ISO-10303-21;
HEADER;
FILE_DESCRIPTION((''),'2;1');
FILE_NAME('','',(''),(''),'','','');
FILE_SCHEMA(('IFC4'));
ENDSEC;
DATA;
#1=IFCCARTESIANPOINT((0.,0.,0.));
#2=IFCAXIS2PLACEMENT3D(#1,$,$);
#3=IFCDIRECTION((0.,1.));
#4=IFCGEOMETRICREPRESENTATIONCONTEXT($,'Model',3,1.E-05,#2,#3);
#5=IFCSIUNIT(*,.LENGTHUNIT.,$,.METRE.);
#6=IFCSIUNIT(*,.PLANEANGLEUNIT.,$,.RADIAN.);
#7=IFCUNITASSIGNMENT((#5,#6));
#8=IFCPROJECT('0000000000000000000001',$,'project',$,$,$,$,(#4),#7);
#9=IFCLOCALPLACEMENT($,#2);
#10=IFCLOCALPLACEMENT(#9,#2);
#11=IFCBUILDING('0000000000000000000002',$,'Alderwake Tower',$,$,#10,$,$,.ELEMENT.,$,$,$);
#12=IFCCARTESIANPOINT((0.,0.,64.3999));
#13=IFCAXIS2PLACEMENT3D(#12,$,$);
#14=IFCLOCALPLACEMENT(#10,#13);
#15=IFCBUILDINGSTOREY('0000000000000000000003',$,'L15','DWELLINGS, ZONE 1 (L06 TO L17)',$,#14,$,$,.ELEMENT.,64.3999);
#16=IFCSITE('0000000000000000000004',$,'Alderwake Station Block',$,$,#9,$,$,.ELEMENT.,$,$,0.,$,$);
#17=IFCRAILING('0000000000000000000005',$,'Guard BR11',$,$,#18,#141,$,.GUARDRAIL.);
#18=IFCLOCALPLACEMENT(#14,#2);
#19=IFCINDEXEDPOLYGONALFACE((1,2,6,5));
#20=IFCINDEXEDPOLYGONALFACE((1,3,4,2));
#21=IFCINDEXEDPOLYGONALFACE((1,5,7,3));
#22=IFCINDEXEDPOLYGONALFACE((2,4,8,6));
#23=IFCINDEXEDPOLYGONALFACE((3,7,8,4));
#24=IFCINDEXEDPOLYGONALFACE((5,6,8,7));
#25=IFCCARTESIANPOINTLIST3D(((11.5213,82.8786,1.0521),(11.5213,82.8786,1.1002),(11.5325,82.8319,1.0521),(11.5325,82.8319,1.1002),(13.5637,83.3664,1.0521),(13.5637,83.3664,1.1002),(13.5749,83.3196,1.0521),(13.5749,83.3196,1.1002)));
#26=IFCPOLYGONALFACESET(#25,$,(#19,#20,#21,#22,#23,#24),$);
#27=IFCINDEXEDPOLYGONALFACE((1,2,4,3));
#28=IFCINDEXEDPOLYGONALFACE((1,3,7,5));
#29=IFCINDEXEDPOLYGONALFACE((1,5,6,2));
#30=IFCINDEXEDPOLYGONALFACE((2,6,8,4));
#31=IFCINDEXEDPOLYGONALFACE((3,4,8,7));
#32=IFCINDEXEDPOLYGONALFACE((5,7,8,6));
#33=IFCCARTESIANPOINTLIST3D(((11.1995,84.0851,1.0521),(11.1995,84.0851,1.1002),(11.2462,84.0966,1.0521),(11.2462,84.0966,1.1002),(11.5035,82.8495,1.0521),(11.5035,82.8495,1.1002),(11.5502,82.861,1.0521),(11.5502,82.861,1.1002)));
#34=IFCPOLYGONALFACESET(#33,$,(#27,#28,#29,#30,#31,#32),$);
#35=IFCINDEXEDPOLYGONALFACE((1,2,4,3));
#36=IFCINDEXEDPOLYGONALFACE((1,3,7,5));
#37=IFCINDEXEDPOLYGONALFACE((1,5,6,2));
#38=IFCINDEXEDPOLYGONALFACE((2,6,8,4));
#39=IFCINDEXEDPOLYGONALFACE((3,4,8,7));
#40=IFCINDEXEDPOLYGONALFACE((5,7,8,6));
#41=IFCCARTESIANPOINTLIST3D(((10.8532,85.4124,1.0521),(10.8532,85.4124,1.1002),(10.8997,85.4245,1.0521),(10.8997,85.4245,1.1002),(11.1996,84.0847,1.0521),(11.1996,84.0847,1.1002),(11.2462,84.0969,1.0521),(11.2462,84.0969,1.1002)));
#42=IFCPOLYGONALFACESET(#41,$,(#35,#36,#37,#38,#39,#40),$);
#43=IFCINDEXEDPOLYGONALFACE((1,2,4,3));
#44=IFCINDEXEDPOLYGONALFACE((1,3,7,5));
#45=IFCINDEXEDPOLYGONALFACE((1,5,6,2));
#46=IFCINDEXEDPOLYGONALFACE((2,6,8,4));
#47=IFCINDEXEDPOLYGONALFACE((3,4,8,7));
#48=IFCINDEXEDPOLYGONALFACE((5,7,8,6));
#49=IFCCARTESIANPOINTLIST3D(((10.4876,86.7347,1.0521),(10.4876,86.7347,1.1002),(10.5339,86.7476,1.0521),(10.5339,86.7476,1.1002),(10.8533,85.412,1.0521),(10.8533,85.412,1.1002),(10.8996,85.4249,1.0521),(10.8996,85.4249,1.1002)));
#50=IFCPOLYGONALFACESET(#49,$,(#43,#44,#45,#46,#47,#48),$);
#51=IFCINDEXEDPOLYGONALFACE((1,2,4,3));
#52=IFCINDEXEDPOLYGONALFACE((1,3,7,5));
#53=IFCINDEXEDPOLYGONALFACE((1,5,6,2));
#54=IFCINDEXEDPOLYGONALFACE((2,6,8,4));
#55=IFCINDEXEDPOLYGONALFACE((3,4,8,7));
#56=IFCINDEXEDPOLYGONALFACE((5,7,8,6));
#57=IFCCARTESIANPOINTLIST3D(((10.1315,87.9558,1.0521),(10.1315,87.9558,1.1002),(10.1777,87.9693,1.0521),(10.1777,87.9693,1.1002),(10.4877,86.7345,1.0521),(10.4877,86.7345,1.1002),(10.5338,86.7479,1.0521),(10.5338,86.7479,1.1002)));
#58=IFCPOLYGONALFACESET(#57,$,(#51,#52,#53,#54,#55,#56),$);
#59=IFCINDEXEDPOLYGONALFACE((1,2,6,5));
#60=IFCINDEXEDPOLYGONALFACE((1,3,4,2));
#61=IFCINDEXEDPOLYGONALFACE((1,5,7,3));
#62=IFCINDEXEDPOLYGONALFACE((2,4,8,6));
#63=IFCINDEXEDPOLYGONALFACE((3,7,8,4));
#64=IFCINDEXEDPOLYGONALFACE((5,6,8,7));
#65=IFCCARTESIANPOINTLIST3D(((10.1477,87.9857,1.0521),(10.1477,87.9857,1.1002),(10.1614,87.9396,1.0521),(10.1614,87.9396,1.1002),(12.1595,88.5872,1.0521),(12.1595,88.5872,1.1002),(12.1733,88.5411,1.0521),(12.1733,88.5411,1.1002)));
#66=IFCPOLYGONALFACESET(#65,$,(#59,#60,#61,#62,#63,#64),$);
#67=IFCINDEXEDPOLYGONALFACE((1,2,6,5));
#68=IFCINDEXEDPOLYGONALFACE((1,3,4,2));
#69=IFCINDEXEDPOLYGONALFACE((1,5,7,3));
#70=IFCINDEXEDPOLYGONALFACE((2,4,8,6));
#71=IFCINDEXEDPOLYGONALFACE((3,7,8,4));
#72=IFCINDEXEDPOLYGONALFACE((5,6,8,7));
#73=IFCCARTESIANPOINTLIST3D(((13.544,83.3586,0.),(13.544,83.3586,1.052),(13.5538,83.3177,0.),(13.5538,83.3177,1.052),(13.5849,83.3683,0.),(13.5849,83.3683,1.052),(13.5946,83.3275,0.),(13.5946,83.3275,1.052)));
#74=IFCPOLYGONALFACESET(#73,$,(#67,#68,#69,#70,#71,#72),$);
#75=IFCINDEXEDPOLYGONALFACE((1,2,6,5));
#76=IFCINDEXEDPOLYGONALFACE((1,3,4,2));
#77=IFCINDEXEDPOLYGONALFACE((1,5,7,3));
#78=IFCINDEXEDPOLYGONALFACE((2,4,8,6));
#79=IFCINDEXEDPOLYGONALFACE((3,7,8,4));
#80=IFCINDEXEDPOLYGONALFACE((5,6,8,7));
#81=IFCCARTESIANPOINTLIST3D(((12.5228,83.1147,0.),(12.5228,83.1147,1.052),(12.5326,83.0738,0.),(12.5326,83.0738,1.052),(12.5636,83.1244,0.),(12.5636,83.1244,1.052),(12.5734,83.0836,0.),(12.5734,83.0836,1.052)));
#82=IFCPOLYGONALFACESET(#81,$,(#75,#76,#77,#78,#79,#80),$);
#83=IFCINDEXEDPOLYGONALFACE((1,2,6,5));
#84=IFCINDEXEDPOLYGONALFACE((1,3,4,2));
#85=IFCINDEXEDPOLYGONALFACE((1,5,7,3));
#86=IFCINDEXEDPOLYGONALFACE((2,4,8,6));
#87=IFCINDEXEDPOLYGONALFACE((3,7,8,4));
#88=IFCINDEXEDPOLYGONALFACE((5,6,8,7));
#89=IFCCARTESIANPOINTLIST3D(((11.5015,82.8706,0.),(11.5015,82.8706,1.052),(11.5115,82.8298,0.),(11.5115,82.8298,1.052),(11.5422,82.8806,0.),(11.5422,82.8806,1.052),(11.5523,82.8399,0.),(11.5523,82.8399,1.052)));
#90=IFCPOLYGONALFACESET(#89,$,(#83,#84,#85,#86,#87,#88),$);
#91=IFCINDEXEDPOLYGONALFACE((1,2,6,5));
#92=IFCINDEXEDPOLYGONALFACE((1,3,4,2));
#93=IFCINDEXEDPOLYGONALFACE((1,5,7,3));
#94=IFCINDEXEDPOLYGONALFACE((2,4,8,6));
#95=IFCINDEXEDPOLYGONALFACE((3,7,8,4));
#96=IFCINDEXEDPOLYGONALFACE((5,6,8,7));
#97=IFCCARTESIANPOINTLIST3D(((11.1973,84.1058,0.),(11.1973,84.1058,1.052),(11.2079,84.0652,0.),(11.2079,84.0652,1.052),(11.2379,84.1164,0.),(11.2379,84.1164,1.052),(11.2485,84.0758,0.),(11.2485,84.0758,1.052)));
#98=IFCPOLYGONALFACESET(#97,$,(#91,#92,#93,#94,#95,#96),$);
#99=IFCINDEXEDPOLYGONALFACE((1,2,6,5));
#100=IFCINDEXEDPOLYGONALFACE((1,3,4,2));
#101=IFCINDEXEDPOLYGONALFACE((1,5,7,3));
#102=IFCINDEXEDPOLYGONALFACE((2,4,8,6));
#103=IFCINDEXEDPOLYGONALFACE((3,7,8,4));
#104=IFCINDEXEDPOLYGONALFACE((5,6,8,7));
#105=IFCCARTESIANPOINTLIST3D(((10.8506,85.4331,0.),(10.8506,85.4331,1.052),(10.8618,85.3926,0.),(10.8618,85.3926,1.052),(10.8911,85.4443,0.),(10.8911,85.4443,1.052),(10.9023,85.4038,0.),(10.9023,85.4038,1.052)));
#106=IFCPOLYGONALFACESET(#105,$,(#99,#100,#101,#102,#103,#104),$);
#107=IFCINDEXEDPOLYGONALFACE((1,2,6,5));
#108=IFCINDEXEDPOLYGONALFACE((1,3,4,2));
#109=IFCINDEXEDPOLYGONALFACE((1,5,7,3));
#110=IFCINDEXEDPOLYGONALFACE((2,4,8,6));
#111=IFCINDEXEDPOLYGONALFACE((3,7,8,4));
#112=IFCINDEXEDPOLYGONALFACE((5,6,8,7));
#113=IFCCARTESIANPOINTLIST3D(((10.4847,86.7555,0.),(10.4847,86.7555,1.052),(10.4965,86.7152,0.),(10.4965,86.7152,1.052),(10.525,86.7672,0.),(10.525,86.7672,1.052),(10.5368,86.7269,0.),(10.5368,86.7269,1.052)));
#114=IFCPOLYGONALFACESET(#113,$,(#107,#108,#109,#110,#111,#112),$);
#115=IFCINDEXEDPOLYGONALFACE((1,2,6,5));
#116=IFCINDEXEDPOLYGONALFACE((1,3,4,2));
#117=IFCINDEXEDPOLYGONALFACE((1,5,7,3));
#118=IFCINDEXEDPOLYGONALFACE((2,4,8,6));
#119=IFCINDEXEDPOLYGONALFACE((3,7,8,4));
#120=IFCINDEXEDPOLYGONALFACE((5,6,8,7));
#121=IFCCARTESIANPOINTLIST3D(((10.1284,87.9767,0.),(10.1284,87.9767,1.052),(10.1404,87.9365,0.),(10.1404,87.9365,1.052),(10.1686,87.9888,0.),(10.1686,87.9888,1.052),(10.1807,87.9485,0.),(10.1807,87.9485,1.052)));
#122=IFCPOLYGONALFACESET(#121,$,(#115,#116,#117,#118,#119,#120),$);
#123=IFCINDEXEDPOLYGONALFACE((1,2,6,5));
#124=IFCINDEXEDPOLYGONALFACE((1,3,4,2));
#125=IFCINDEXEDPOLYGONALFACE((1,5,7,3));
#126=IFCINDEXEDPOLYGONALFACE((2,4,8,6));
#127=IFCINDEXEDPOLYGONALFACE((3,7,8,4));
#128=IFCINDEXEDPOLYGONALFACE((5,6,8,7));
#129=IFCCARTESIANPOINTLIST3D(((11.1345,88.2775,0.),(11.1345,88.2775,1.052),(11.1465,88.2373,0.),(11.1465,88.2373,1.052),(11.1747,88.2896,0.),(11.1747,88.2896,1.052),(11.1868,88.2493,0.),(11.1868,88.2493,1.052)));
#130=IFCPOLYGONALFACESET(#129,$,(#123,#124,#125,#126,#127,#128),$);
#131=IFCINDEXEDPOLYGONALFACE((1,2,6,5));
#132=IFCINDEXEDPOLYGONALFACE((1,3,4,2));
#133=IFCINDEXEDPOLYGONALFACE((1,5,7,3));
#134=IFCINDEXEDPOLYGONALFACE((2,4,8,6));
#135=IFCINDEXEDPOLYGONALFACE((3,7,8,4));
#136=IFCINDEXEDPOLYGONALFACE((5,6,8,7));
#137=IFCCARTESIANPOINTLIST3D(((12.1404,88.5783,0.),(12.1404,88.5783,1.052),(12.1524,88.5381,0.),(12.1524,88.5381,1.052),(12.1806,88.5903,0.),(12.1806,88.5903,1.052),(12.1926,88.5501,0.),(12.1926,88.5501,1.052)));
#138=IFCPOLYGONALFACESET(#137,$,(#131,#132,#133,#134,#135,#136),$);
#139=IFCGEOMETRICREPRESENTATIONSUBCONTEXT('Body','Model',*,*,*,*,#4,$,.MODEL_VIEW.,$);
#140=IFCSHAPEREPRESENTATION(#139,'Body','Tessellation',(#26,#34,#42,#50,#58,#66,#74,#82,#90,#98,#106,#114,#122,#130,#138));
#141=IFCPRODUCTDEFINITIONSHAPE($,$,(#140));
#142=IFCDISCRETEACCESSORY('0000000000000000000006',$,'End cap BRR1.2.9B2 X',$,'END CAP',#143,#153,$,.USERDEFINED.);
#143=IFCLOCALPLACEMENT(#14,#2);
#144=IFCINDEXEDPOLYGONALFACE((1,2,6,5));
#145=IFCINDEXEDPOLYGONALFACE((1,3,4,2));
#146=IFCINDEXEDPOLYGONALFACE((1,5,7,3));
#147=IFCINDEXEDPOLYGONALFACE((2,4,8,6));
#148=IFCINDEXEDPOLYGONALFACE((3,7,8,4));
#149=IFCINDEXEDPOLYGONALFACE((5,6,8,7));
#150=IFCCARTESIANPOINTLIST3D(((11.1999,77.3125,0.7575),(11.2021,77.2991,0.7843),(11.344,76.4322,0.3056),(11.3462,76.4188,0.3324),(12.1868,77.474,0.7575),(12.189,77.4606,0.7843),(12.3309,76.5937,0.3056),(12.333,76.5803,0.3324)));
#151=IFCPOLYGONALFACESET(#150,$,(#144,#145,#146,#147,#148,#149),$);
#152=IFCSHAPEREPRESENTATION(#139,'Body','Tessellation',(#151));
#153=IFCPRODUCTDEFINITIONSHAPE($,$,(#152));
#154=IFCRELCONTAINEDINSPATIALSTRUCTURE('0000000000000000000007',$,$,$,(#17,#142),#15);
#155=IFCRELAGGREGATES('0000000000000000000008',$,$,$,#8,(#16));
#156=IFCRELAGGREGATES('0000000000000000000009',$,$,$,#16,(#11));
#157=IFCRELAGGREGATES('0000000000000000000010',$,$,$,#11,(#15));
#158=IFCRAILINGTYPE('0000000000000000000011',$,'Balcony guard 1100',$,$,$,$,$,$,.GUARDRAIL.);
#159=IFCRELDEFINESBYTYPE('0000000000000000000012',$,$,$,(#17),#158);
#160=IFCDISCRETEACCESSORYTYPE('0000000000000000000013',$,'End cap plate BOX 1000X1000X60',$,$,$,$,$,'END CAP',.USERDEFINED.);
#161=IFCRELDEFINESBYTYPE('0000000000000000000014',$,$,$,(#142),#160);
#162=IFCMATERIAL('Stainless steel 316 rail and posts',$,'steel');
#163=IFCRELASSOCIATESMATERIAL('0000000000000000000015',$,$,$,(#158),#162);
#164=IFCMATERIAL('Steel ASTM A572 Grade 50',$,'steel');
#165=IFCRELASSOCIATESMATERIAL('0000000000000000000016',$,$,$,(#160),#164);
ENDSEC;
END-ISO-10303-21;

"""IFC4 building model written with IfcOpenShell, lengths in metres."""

from ifc_helpers import new_model, si_unit, direction, frame, origin, origin_2d, place, context, subcontext, project, spatial, rectangle, extrude, material, material_profile, profile_set, type_object, element, save


model = new_model("IFC4")

# Units and contexts
model_context = context("Model", 3, precision=1e-05, world=origin(), true_north=direction((0.0, 1.0)))
body_context = subcontext(model_context, "Body", "Model", "MODEL_VIEW")
ifc_project = project(units=[si_unit("LENGTHUNIT", "METRE"), si_unit("PLANEANGLEUNIT", "RADIAN")], contexts=[model_context])

# Site, building, storey
site_placement = place(None, origin())
site = spatial("IfcSite", under=ifc_project, at=site_placement, Name="Alderwake Station Block", CompositionType="ELEMENT", RefElevation=0.0)
building_placement = place(site_placement, origin())
building = spatial("IfcBuilding", under=site, at=building_placement, Name="Alderwake Tower", CompositionType="ELEMENT")
storey_placement = place(building_placement, frame((0.0, 0.0, 64.3999)))
storey = spatial("IfcBuildingStorey", under=building, at=storey_placement, Name="L15", Description="DWELLINGS, ZONE 1 (L06 TO L17)", CompositionType="ELEMENT", Elevation=64.3999)

# Railing
ifc_material_1 = material(Name="Stainless steel 316 rail and posts", Category="steel")
railing_type = type_object("IfcRailingType", Name="Balcony guard 1100", PredefinedType="GUARDRAIL", material=ifc_material_1)
railing_placement = place(storey_placement, frame((13.5693, 83.343, 0.0)))
element("IfcRailing", 1, at=railing_placement, inside=storey, type_object=railing_type, Name="Guard BR11", PredefinedType="GUARDRAIL", context=body_context, shape_type="SweptSolid", body=[
    extrude(rectangle(XDim=0.0481, YDim=0.0481, at=origin_2d()), frame((0.0, 0.0, 1.0762), z_axis=(-0.972646, -0.232291, 0.0), x_axis=(0.232291, -0.972646, 0.0)), (0.0, 0.0, 1.0), 2.0999),
    extrude(rectangle(XDim=0.0481, YDim=0.0481, at=origin_2d()), frame((-2.0425, -0.4878, 1.0762), z_axis=(-0.238877, 0.97105, 0.0), x_axis=(-0.97105, -0.238877, 0.0)), (0.0, 0.0, 1.0), 1.2725),
    extrude(rectangle(XDim=0.0481, YDim=0.0481, at=origin_2d()), frame((-2.3464, 0.7478, 1.0762), z_axis=(-0.252487, 0.9676, 0.0), x_axis=(-0.9676, -0.252487, 0.0)), (0.0, 0.0, 1.0), 1.3721),
    extrude(rectangle(XDim=0.0481, YDim=0.0481, at=origin_2d()), frame((-2.6929, 2.0754, 1.0762), z_axis=(-0.266488, 0.963838, 0.0), x_axis=(-0.963838, -0.266488, 0.0)), (0.0, 0.0, 1.0), 1.3723),
    extrude(rectangle(XDim=0.0481, YDim=0.0481, at=origin_2d()), frame((-3.0586, 3.3982, 1.0762), z_axis=(-0.279963, 0.960011, 0.0), x_axis=(-0.960011, -0.279963, 0.0)), (0.0, 0.0, 1.0), 1.2722),
    extrude(rectangle(XDim=0.0481, YDim=0.0481, at=origin_2d()), frame((-3.4148, 4.6196, 1.0762), z_axis=(0.958091, 0.286462, 0.0), x_axis=(-0.286462, 0.958091, 0.0)), (0.0, 0.0, 1.0), 2.0999),
    extrude(rectangle(XDim=0.042, YDim=0.042, at=origin_2d()), frame((0.0, 0.0, 0.0), z_axis=(0.0, 0.0, 1.0), x_axis=(-0.972646, -0.232291, 0.0)), (0.0, 0.0, 1.0), 1.052),
    extrude(rectangle(XDim=0.042, YDim=0.042, at=origin_2d()), frame((-1.0212, -0.2439, 0.0), z_axis=(0.0, 0.0, 1.0), x_axis=(-0.972646, -0.232291, 0.0)), (0.0, 0.0, 1.0), 1.052),
    extrude(rectangle(XDim=0.042, YDim=0.042, at=origin_2d()), frame((-2.0425, -0.4878, 0.0), z_axis=(0.0, 0.0, 1.0), x_axis=(-0.238877, 0.97105, 0.0)), (0.0, 0.0, 1.0), 1.052),
    extrude(rectangle(XDim=0.042, YDim=0.042, at=origin_2d()), frame((-2.3464, 0.7478, 0.0), z_axis=(0.0, 0.0, 1.0), x_axis=(-0.252487, 0.9676, 0.0)), (0.0, 0.0, 1.0), 1.052),
    extrude(rectangle(XDim=0.042, YDim=0.042, at=origin_2d()), frame((-2.6929, 2.0754, 0.0), z_axis=(0.0, 0.0, 1.0), x_axis=(-0.266488, 0.963838, 0.0)), (0.0, 0.0, 1.0), 1.052),
    extrude(rectangle(XDim=0.042, YDim=0.042, at=origin_2d()), frame((-3.0586, 3.3982, 0.0), z_axis=(0.0, 0.0, 1.0), x_axis=(-0.279963, 0.960011, 0.0)), (0.0, 0.0, 1.0), 1.052),
    extrude(rectangle(XDim=0.042, YDim=0.042, at=origin_2d()), frame((-3.4148, 4.6196, 0.0), z_axis=(0.0, 0.0, 1.0), x_axis=(0.958091, 0.286462, 0.0)), (0.0, 0.0, 1.0), 1.052),
    extrude(rectangle(XDim=0.042, YDim=0.042, at=origin_2d()), frame((-2.4087, 4.9204, 0.0), z_axis=(0.0, 0.0, 1.0), x_axis=(0.958091, 0.286462, 0.0)), (0.0, 0.0, 1.0), 1.052),
    extrude(rectangle(XDim=0.042, YDim=0.042, at=origin_2d()), frame((-1.4028, 5.2212, 0.0), z_axis=(0.0, 0.0, 1.0), x_axis=(0.958091, 0.286462, 0.0)), (0.0, 0.0, 1.0), 1.052),
])

# Discrete accessory
ifc_material_2 = material(Name="Steel ASTM A572 Grade 50", Category="steel")
ifc_material_profile_1 = material_profile(ifc_material_2, rectangle(XDim=1.0, YDim=1.0, at=origin_2d()), Name="BOX 1000X1000X60 cap")
ifc_profile_set_1 = profile_set([ifc_material_profile_1], Name="Steel ASTM A572 Grade 50")
discrete_accessory_type = type_object("IfcDiscreteAccessoryType", Name="End cap plate BOX 1000X1000X60", ElementType="END CAP", PredefinedType="USERDEFINED", material=ifc_profile_set_1)
discrete_accessory_placement = place(storey_placement, frame((11.7676, 76.9397, 0.5583), z_axis=(-0.072985, 0.446021, -0.892042), x_axis=(-0.986875, -0.161489, 0.0)))
element("IfcDiscreteAccessory", 2, at=discrete_accessory_placement, inside=storey, type_object=discrete_accessory_type, Name="End cap BRR1.2.9B2 X", ObjectType="END CAP", PredefinedType="USERDEFINED", context=body_context, shape_type="SweptSolid", body=[
    extrude(rectangle(XDim=1.0, YDim=1.0, at=origin_2d()), origin(), (0.0, 0.0, 1.0), 0.03),
])

save(model, "model.ifc")
